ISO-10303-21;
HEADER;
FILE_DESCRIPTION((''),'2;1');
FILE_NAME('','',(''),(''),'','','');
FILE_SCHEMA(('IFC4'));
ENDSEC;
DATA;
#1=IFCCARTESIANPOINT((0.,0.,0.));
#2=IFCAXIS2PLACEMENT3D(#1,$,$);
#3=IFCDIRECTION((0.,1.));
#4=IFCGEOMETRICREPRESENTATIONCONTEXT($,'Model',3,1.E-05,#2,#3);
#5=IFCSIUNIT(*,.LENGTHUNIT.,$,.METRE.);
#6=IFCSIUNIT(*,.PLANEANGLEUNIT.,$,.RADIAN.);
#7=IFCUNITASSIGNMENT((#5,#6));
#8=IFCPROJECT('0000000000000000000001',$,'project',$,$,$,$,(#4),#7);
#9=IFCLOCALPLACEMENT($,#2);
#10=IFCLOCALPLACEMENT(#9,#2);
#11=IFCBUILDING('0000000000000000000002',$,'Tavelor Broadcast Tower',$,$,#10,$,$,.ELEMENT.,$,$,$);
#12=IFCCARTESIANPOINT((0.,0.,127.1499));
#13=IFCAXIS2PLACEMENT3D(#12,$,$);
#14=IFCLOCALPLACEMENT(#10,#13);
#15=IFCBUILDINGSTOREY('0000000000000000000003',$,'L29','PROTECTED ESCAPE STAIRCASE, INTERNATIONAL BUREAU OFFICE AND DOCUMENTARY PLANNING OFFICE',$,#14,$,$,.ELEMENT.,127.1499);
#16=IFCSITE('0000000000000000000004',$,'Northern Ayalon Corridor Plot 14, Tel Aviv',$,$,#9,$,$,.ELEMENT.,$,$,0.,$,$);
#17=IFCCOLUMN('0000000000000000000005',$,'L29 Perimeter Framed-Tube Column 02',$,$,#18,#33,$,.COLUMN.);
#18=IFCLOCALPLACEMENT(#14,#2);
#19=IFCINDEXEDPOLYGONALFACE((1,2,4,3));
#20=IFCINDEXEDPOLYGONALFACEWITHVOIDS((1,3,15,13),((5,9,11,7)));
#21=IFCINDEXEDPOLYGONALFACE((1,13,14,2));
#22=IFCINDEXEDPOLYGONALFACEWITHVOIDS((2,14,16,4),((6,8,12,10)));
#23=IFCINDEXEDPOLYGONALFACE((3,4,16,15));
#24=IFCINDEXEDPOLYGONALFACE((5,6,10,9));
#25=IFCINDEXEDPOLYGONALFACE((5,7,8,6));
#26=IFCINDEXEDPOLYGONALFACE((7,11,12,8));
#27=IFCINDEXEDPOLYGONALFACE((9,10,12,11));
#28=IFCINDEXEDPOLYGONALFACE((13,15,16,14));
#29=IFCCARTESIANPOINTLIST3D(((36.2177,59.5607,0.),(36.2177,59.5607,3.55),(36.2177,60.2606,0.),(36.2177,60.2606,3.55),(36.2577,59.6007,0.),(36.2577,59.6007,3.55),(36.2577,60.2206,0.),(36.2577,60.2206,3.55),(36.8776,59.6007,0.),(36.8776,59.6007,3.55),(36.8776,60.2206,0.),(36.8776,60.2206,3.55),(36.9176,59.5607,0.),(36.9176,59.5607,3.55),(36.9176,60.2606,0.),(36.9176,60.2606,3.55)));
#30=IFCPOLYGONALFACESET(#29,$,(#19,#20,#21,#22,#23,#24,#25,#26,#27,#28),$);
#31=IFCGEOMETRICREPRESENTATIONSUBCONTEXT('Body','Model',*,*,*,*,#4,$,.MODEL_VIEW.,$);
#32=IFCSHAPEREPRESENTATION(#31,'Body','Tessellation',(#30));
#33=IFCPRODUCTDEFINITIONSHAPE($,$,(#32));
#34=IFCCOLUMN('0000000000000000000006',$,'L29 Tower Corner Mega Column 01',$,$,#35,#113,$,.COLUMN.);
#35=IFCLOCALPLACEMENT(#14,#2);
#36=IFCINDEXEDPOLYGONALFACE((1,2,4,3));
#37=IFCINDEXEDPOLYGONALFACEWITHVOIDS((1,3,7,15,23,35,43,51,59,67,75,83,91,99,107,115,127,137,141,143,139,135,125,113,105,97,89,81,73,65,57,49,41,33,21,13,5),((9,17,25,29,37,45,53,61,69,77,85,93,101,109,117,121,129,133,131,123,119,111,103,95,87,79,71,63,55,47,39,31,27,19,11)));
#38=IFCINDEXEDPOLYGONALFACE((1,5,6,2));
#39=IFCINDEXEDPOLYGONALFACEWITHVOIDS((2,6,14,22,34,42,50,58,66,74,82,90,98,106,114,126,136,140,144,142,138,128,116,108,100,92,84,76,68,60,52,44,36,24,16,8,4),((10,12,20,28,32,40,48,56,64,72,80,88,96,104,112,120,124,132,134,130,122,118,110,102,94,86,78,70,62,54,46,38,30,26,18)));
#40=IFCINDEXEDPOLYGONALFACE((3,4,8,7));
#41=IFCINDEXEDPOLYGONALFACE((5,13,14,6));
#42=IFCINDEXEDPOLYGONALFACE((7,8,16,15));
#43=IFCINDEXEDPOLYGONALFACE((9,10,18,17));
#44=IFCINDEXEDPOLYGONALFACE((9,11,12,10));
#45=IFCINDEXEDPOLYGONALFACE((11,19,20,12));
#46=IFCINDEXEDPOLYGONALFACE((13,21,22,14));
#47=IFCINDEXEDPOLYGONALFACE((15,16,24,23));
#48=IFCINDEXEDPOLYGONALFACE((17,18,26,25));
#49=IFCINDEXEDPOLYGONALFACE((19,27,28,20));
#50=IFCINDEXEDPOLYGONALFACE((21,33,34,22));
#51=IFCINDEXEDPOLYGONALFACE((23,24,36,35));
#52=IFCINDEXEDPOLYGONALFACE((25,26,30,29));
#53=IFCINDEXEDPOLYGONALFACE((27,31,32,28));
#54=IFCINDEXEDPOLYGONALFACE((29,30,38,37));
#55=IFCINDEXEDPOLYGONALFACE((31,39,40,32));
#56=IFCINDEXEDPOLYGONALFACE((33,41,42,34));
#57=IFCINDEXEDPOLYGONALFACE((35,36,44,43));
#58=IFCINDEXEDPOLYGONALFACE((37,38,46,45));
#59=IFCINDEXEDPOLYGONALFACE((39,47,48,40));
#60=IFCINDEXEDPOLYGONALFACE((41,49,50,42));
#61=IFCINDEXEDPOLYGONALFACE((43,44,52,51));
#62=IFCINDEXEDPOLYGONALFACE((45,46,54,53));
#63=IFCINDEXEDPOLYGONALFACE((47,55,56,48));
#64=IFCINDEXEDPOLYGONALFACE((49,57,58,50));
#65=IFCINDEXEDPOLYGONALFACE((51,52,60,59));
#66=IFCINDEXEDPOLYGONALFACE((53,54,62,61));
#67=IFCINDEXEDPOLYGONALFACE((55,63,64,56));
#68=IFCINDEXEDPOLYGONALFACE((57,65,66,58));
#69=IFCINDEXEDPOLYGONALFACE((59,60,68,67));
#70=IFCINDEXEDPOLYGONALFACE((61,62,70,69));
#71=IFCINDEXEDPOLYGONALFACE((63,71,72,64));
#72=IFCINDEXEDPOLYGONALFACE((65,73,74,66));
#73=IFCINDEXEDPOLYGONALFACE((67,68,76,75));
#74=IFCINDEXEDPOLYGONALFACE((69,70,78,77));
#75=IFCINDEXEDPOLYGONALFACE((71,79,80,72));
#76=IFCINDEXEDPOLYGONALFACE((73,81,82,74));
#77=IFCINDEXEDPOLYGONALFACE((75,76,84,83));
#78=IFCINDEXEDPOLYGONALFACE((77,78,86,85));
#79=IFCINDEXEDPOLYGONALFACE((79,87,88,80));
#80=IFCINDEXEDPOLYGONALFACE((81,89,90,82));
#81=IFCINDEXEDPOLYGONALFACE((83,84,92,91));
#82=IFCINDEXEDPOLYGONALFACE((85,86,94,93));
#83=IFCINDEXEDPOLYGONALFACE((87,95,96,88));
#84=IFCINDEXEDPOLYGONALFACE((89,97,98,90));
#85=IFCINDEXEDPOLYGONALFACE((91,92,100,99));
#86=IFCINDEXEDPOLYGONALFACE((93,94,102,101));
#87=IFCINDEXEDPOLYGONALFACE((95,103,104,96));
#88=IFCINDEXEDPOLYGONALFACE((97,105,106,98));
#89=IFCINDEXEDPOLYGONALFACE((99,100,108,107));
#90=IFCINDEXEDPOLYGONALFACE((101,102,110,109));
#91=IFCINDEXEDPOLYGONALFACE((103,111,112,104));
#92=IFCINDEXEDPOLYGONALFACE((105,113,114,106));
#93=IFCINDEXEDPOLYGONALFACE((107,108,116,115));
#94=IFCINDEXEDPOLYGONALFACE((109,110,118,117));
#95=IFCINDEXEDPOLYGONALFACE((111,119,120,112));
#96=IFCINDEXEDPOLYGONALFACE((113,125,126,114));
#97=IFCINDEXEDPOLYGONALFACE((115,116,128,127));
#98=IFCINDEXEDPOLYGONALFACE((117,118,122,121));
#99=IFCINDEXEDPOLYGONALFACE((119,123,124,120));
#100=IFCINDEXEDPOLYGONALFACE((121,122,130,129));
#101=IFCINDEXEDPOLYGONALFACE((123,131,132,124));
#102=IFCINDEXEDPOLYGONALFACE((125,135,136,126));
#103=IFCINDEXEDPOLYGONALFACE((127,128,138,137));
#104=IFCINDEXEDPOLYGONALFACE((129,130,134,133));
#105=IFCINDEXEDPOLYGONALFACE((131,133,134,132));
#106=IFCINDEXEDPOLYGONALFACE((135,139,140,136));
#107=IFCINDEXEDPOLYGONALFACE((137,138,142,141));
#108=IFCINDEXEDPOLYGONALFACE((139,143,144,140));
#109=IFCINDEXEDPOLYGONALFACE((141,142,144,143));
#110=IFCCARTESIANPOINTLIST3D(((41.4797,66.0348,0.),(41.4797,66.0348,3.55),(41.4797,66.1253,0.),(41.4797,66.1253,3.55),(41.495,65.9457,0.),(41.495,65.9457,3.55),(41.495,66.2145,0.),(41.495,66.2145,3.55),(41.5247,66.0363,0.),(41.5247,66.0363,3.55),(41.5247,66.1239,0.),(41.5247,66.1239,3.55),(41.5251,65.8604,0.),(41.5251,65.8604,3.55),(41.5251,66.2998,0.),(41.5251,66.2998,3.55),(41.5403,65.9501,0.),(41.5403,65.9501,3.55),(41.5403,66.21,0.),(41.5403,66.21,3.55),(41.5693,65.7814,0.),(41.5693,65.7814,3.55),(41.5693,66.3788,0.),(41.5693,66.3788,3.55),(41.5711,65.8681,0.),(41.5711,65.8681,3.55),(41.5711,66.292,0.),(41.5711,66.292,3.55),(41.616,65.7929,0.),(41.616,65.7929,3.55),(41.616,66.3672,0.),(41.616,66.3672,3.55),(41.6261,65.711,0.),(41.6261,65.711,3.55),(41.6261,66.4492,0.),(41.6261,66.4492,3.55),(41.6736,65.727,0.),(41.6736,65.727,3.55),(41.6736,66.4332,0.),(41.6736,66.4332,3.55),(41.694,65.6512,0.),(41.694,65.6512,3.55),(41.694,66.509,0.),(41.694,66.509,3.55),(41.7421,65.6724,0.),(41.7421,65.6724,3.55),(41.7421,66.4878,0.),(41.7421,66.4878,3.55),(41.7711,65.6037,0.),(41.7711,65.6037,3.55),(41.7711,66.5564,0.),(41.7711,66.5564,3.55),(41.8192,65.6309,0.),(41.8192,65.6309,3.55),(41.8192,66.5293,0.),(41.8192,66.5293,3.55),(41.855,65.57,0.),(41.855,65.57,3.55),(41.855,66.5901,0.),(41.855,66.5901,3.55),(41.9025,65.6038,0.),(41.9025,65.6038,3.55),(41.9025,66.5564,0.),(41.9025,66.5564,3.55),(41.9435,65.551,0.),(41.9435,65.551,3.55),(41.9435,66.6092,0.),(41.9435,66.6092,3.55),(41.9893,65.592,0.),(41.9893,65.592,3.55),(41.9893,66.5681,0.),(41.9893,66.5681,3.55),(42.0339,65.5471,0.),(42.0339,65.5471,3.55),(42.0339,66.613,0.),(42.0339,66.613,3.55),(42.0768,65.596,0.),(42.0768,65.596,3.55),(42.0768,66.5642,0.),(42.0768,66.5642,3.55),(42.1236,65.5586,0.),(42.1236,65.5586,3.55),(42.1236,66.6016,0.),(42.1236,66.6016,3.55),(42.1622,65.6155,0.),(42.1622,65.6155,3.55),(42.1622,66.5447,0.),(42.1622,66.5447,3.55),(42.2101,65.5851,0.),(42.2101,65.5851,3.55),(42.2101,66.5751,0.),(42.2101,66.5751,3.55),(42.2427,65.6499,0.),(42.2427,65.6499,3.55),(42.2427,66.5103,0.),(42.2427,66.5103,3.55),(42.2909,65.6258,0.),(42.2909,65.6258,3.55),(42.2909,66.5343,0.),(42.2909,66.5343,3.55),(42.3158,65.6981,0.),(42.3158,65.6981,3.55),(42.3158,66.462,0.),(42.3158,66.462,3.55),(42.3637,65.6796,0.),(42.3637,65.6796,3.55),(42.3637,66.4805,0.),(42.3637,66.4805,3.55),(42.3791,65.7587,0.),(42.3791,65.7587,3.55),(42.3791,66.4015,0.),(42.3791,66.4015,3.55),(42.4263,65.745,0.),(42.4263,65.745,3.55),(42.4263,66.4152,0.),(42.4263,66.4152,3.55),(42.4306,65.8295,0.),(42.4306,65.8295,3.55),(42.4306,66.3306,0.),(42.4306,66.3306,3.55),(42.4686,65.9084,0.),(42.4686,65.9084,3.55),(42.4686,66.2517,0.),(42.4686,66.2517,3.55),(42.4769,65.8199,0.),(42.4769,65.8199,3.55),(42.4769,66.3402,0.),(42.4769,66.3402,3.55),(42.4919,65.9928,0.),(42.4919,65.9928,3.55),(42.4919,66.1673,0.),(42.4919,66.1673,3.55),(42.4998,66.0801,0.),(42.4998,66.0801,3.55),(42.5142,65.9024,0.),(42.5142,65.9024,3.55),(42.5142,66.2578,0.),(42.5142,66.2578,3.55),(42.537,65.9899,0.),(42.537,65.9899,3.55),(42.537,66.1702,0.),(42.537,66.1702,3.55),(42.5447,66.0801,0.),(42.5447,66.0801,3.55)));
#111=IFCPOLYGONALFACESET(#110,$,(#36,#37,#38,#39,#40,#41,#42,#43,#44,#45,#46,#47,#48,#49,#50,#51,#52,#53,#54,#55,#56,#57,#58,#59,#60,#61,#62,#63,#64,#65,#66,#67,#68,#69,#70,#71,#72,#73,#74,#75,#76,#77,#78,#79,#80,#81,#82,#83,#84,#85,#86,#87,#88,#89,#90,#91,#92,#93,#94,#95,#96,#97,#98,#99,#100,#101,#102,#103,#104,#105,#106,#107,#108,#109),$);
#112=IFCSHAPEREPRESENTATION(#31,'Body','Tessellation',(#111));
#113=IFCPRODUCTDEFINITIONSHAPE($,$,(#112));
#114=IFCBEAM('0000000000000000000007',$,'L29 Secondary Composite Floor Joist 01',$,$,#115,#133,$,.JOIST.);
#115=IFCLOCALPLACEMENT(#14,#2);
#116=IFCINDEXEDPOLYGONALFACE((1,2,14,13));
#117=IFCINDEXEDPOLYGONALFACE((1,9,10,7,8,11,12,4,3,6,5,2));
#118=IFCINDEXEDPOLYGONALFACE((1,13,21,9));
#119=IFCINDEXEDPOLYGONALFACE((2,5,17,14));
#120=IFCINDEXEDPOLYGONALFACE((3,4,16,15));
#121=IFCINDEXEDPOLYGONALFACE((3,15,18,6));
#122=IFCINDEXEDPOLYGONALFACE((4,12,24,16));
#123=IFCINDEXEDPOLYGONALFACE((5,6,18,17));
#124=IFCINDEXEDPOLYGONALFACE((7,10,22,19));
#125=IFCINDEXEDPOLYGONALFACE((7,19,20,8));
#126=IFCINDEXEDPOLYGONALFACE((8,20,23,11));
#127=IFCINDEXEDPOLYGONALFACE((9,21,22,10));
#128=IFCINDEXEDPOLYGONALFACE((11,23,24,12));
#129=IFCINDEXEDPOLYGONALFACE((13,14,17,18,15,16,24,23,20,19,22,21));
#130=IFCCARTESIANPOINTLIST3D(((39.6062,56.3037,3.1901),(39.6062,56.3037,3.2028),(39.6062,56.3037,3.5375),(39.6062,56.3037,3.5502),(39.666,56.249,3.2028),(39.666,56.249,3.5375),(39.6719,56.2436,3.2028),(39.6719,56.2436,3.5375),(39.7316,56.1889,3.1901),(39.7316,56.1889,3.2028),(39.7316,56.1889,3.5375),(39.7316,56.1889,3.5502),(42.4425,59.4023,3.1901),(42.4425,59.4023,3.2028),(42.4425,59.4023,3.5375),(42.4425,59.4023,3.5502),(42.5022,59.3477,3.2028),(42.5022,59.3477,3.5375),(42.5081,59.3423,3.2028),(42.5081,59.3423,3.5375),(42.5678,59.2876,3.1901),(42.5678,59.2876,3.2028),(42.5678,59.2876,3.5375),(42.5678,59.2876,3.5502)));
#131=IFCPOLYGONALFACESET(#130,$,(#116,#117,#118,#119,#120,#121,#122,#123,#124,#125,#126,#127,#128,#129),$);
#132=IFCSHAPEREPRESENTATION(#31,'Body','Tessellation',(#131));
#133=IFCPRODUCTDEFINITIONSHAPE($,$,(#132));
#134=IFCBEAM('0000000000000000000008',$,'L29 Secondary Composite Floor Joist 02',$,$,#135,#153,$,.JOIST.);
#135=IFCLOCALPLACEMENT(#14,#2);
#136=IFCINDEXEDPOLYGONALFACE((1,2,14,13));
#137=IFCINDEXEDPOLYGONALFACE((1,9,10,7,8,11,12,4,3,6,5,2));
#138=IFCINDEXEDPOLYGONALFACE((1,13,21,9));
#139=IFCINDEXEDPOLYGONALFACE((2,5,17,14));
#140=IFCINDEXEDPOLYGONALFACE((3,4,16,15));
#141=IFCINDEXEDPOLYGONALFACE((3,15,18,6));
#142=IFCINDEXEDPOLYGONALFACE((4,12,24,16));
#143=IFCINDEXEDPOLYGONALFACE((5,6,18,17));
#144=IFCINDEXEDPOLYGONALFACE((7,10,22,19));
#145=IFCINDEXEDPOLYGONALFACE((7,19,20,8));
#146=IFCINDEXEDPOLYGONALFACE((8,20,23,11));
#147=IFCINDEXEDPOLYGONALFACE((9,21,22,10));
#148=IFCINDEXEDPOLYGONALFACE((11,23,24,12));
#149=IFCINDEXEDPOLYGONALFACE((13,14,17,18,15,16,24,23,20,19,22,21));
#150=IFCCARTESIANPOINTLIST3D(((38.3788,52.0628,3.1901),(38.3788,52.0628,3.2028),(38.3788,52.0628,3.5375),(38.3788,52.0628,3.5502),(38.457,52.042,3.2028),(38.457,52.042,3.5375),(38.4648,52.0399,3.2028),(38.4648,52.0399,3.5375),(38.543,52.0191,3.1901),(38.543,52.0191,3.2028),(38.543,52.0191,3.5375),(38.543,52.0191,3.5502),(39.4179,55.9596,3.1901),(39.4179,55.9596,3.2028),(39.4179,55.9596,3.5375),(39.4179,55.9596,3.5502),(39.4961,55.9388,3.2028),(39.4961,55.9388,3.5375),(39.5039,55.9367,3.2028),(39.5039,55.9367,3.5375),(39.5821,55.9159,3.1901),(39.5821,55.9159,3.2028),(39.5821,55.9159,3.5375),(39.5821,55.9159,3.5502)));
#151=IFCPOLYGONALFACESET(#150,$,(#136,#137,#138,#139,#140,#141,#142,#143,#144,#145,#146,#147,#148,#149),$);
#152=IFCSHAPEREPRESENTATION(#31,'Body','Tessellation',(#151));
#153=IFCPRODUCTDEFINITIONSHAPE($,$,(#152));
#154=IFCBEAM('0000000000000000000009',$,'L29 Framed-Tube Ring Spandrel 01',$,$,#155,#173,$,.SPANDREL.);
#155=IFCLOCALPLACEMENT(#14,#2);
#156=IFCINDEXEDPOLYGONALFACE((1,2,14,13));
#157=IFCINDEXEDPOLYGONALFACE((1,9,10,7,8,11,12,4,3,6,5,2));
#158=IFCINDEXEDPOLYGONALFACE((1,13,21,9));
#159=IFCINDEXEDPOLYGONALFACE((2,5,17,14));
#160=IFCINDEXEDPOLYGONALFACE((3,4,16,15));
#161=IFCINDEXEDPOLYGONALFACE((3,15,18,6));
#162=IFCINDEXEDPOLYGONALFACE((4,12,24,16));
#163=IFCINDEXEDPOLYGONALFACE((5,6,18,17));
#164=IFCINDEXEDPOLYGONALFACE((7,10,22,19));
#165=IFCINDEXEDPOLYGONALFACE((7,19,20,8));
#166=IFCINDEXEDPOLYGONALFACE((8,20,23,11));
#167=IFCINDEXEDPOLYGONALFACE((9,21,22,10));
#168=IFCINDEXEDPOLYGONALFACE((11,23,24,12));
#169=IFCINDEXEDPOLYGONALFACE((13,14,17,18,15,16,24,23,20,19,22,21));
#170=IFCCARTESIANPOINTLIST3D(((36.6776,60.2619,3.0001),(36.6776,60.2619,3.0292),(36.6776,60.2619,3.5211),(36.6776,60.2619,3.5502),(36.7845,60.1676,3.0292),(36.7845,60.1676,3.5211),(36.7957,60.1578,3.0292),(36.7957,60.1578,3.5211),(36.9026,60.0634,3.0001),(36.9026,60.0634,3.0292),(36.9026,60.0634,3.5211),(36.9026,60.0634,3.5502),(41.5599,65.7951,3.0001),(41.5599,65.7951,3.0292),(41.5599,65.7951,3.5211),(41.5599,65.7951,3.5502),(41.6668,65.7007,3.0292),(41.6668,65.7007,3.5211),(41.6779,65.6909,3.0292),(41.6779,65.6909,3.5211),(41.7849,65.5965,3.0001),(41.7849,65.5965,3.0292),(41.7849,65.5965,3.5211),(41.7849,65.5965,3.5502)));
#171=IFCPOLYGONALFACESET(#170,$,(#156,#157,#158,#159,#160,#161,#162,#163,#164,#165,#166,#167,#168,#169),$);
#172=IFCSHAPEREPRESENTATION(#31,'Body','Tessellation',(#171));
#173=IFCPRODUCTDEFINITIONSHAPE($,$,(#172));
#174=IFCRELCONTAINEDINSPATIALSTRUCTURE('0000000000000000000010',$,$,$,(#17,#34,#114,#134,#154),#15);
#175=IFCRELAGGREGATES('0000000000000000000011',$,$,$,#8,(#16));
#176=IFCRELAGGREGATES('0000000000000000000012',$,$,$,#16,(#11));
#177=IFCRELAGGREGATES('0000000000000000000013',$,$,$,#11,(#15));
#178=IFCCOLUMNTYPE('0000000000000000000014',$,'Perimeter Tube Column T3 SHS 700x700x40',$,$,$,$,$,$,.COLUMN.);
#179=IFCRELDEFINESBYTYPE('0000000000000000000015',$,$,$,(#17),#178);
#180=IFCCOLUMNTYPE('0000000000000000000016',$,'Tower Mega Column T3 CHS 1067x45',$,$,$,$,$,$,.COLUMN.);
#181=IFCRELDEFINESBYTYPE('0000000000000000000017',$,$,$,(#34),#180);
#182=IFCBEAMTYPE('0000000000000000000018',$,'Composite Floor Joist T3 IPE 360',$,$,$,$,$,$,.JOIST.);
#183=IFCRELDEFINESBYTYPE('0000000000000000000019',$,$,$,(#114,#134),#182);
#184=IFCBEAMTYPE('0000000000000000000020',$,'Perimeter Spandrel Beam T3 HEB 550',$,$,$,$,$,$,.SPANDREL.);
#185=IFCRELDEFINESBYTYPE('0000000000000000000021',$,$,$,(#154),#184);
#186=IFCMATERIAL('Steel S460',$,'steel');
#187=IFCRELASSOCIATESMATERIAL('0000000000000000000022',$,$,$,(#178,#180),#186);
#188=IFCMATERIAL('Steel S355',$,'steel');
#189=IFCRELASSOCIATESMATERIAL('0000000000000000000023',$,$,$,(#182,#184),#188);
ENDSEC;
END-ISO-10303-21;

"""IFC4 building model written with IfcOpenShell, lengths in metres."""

from ifc_helpers import new_model, si_unit, direction, frame, origin, origin_2d, place, context, subcontext, project, spatial, hollow_rectangle, hollow_circle, i_section, extrude, material, material_profile, profile_set, type_object, element, save


model = new_model("IFC4")

# Units and contexts
model_context = context("Model", 3, precision=1e-05, world=origin(), true_north=direction((0.0, 1.0)))
body_context = subcontext(model_context, "Body", "Model", "MODEL_VIEW")
ifc_project = project(units=[si_unit("LENGTHUNIT", "METRE"), si_unit("PLANEANGLEUNIT", "RADIAN")], contexts=[model_context])

# Site, building, storey
site_placement = place(None, origin())
site = spatial("IfcSite", under=ifc_project, at=site_placement, Name="Northern Ayalon Corridor Plot 14, Tel Aviv", CompositionType="ELEMENT", RefElevation=0.0)
building_placement = place(site_placement, origin())
building = spatial("IfcBuilding", under=site, at=building_placement, Name="Tavelor Broadcast Tower", CompositionType="ELEMENT")
storey_placement = place(building_placement, frame((0.0, 0.0, 127.1499)))
storey = spatial("IfcBuildingStorey", under=building, at=storey_placement, Name="L29", Description="PROTECTED ESCAPE STAIRCASE, INTERNATIONAL BUREAU OFFICE AND DOCUMENTARY PLANNING OFFICE", CompositionType="ELEMENT", Elevation=127.1499)

# Columns
ifc_material_1 = material(Name="Steel S460", Category="steel")
ifc_material_profile_1 = material_profile(ifc_material_1, hollow_rectangle(XDim=0.7, YDim=0.7, WallThickness=0.04, at=origin_2d()), Name="SHS 700x700x40")
ifc_profile_set_1 = profile_set([ifc_material_profile_1], Name="Steel S460")
column_type_1 = type_object("IfcColumnType", Name="Perimeter Tube Column T3 SHS 700x700x40", PredefinedType="COLUMN", material=ifc_profile_set_1)
column_1_placement = place(storey_placement, frame((36.5676, 59.9106, 0.0), z_axis=(0.0, 0.0, 1.0), x_axis=(1.0, 0.0, 0.0)))
element("IfcColumn", 1, at=column_1_placement, inside=storey, type_object=column_type_1, Name="L29 Perimeter Framed-Tube Column 02", PredefinedType="COLUMN", context=body_context, shape_type="SweptSolid", body=[
    extrude(hollow_rectangle(XDim=0.7, YDim=0.7, WallThickness=0.04, at=origin_2d()), origin(), (0.0, 0.0, 1.0), 3.55),
])
ifc_material_profile_2 = material_profile(ifc_material_1, hollow_circle(Radius=0.5334, WallThickness=0.0449, at=origin_2d()), Name="CHS 1067x45")
ifc_profile_set_2 = profile_set([ifc_material_profile_2], Name="Steel S460")
column_type_2 = type_object("IfcColumnType", Name="Tower Mega Column T3 CHS 1067x45", PredefinedType="COLUMN", material=ifc_profile_set_2)
column_2_placement = place(storey_placement, frame((42.0112, 66.0801, 0.0), z_axis=(0.0, 0.0, 1.0), x_axis=(1.0, 0.0, 0.0)))
element("IfcColumn", 2, at=column_2_placement, inside=storey, type_object=column_type_2, Name="L29 Tower Corner Mega Column 01", PredefinedType="COLUMN", context=body_context, shape_type="SweptSolid", body=[
    extrude(hollow_circle(Radius=0.5334, WallThickness=0.0449, at=origin_2d()), origin(), (0.0, 0.0, 1.0), 3.55),
])

# Beams
ifc_material_2 = material(Name="Steel S355", Category="steel")
ifc_material_profile_3 = material_profile(ifc_material_2, i_section(OverallWidth=0.1699, OverallDepth=0.3601, WebThickness=0.0081, FlangeThickness=0.0127, at=origin_2d()), Name="IPE 360")
ifc_profile_set_3 = profile_set([ifc_material_profile_3], Name="Steel S355")
beam_type_1 = type_object("IfcBeamType", Name="Composite Floor Joist T3 IPE 360", PredefinedType="JOIST", material=ifc_profile_set_3)
beam_1_placement = place(storey_placement, frame((42.5051, 59.345, 3.3701), z_axis=(-0.675177, -0.737656, 0.0), x_axis=(0.737656, -0.675177, 0.0)))
element("IfcBeam", 3, at=beam_1_placement, inside=storey, type_object=beam_type_1, Name="L29 Secondary Composite Floor Joist 01", PredefinedType="JOIST", context=body_context, shape_type="SweptSolid", body=[
    extrude(i_section(OverallWidth=0.1699, OverallDepth=0.3601, WebThickness=0.0081, FlangeThickness=0.0127, at=origin_2d()), origin(), (0.0, 0.0, 1.0), 4.2007),
])
beam_2_placement = place(storey_placement, frame((39.5, 55.9377, 3.3701), z_axis=(-0.257648, -0.966239, 0.0), x_axis=(0.966239, -0.257648, 0.0)))
element("IfcBeam", 4, at=beam_2_placement, inside=storey, type_object=beam_type_1, Name="L29 Secondary Composite Floor Joist 02", PredefinedType="JOIST", context=body_context, shape_type="SweptSolid", body=[
    extrude(i_section(OverallWidth=0.1699, OverallDepth=0.3601, WebThickness=0.0081, FlangeThickness=0.0127, at=origin_2d()), origin(), (0.0, 0.0, 1.0), 4.033),
])
ifc_material_profile_4 = material_profile(ifc_material_2, i_section(OverallWidth=0.3, OverallDepth=0.55, WebThickness=0.0149, FlangeThickness=0.0291, at=origin_2d()), Name="HEB 550")
ifc_profile_set_4 = profile_set([ifc_material_profile_4], Name="Steel S355")
beam_type_2 = type_object("IfcBeamType", Name="Perimeter Spandrel Beam T3 HEB 550", PredefinedType="SPANDREL", material=ifc_profile_set_4)
beam_3_placement = place(storey_placement, frame((41.6724, 65.6958, 3.2751), z_axis=(-0.661628, -0.749832, 0.0), x_axis=(0.749832, -0.661628, 0.0)))
element("IfcBeam", 5, at=beam_3_placement, inside=storey, type_object=beam_type_2, Name="L29 Framed-Tube Ring Spandrel 01", PredefinedType="SPANDREL", context=body_context, shape_type="SweptSolid", body=[
    extrude(i_section(OverallWidth=0.3, OverallDepth=0.55, WebThickness=0.0149, FlangeThickness=0.0291, at=origin_2d()), origin(), (0.0, 0.0, 1.0), 7.3792),
])

save(model, "model.ifc")
